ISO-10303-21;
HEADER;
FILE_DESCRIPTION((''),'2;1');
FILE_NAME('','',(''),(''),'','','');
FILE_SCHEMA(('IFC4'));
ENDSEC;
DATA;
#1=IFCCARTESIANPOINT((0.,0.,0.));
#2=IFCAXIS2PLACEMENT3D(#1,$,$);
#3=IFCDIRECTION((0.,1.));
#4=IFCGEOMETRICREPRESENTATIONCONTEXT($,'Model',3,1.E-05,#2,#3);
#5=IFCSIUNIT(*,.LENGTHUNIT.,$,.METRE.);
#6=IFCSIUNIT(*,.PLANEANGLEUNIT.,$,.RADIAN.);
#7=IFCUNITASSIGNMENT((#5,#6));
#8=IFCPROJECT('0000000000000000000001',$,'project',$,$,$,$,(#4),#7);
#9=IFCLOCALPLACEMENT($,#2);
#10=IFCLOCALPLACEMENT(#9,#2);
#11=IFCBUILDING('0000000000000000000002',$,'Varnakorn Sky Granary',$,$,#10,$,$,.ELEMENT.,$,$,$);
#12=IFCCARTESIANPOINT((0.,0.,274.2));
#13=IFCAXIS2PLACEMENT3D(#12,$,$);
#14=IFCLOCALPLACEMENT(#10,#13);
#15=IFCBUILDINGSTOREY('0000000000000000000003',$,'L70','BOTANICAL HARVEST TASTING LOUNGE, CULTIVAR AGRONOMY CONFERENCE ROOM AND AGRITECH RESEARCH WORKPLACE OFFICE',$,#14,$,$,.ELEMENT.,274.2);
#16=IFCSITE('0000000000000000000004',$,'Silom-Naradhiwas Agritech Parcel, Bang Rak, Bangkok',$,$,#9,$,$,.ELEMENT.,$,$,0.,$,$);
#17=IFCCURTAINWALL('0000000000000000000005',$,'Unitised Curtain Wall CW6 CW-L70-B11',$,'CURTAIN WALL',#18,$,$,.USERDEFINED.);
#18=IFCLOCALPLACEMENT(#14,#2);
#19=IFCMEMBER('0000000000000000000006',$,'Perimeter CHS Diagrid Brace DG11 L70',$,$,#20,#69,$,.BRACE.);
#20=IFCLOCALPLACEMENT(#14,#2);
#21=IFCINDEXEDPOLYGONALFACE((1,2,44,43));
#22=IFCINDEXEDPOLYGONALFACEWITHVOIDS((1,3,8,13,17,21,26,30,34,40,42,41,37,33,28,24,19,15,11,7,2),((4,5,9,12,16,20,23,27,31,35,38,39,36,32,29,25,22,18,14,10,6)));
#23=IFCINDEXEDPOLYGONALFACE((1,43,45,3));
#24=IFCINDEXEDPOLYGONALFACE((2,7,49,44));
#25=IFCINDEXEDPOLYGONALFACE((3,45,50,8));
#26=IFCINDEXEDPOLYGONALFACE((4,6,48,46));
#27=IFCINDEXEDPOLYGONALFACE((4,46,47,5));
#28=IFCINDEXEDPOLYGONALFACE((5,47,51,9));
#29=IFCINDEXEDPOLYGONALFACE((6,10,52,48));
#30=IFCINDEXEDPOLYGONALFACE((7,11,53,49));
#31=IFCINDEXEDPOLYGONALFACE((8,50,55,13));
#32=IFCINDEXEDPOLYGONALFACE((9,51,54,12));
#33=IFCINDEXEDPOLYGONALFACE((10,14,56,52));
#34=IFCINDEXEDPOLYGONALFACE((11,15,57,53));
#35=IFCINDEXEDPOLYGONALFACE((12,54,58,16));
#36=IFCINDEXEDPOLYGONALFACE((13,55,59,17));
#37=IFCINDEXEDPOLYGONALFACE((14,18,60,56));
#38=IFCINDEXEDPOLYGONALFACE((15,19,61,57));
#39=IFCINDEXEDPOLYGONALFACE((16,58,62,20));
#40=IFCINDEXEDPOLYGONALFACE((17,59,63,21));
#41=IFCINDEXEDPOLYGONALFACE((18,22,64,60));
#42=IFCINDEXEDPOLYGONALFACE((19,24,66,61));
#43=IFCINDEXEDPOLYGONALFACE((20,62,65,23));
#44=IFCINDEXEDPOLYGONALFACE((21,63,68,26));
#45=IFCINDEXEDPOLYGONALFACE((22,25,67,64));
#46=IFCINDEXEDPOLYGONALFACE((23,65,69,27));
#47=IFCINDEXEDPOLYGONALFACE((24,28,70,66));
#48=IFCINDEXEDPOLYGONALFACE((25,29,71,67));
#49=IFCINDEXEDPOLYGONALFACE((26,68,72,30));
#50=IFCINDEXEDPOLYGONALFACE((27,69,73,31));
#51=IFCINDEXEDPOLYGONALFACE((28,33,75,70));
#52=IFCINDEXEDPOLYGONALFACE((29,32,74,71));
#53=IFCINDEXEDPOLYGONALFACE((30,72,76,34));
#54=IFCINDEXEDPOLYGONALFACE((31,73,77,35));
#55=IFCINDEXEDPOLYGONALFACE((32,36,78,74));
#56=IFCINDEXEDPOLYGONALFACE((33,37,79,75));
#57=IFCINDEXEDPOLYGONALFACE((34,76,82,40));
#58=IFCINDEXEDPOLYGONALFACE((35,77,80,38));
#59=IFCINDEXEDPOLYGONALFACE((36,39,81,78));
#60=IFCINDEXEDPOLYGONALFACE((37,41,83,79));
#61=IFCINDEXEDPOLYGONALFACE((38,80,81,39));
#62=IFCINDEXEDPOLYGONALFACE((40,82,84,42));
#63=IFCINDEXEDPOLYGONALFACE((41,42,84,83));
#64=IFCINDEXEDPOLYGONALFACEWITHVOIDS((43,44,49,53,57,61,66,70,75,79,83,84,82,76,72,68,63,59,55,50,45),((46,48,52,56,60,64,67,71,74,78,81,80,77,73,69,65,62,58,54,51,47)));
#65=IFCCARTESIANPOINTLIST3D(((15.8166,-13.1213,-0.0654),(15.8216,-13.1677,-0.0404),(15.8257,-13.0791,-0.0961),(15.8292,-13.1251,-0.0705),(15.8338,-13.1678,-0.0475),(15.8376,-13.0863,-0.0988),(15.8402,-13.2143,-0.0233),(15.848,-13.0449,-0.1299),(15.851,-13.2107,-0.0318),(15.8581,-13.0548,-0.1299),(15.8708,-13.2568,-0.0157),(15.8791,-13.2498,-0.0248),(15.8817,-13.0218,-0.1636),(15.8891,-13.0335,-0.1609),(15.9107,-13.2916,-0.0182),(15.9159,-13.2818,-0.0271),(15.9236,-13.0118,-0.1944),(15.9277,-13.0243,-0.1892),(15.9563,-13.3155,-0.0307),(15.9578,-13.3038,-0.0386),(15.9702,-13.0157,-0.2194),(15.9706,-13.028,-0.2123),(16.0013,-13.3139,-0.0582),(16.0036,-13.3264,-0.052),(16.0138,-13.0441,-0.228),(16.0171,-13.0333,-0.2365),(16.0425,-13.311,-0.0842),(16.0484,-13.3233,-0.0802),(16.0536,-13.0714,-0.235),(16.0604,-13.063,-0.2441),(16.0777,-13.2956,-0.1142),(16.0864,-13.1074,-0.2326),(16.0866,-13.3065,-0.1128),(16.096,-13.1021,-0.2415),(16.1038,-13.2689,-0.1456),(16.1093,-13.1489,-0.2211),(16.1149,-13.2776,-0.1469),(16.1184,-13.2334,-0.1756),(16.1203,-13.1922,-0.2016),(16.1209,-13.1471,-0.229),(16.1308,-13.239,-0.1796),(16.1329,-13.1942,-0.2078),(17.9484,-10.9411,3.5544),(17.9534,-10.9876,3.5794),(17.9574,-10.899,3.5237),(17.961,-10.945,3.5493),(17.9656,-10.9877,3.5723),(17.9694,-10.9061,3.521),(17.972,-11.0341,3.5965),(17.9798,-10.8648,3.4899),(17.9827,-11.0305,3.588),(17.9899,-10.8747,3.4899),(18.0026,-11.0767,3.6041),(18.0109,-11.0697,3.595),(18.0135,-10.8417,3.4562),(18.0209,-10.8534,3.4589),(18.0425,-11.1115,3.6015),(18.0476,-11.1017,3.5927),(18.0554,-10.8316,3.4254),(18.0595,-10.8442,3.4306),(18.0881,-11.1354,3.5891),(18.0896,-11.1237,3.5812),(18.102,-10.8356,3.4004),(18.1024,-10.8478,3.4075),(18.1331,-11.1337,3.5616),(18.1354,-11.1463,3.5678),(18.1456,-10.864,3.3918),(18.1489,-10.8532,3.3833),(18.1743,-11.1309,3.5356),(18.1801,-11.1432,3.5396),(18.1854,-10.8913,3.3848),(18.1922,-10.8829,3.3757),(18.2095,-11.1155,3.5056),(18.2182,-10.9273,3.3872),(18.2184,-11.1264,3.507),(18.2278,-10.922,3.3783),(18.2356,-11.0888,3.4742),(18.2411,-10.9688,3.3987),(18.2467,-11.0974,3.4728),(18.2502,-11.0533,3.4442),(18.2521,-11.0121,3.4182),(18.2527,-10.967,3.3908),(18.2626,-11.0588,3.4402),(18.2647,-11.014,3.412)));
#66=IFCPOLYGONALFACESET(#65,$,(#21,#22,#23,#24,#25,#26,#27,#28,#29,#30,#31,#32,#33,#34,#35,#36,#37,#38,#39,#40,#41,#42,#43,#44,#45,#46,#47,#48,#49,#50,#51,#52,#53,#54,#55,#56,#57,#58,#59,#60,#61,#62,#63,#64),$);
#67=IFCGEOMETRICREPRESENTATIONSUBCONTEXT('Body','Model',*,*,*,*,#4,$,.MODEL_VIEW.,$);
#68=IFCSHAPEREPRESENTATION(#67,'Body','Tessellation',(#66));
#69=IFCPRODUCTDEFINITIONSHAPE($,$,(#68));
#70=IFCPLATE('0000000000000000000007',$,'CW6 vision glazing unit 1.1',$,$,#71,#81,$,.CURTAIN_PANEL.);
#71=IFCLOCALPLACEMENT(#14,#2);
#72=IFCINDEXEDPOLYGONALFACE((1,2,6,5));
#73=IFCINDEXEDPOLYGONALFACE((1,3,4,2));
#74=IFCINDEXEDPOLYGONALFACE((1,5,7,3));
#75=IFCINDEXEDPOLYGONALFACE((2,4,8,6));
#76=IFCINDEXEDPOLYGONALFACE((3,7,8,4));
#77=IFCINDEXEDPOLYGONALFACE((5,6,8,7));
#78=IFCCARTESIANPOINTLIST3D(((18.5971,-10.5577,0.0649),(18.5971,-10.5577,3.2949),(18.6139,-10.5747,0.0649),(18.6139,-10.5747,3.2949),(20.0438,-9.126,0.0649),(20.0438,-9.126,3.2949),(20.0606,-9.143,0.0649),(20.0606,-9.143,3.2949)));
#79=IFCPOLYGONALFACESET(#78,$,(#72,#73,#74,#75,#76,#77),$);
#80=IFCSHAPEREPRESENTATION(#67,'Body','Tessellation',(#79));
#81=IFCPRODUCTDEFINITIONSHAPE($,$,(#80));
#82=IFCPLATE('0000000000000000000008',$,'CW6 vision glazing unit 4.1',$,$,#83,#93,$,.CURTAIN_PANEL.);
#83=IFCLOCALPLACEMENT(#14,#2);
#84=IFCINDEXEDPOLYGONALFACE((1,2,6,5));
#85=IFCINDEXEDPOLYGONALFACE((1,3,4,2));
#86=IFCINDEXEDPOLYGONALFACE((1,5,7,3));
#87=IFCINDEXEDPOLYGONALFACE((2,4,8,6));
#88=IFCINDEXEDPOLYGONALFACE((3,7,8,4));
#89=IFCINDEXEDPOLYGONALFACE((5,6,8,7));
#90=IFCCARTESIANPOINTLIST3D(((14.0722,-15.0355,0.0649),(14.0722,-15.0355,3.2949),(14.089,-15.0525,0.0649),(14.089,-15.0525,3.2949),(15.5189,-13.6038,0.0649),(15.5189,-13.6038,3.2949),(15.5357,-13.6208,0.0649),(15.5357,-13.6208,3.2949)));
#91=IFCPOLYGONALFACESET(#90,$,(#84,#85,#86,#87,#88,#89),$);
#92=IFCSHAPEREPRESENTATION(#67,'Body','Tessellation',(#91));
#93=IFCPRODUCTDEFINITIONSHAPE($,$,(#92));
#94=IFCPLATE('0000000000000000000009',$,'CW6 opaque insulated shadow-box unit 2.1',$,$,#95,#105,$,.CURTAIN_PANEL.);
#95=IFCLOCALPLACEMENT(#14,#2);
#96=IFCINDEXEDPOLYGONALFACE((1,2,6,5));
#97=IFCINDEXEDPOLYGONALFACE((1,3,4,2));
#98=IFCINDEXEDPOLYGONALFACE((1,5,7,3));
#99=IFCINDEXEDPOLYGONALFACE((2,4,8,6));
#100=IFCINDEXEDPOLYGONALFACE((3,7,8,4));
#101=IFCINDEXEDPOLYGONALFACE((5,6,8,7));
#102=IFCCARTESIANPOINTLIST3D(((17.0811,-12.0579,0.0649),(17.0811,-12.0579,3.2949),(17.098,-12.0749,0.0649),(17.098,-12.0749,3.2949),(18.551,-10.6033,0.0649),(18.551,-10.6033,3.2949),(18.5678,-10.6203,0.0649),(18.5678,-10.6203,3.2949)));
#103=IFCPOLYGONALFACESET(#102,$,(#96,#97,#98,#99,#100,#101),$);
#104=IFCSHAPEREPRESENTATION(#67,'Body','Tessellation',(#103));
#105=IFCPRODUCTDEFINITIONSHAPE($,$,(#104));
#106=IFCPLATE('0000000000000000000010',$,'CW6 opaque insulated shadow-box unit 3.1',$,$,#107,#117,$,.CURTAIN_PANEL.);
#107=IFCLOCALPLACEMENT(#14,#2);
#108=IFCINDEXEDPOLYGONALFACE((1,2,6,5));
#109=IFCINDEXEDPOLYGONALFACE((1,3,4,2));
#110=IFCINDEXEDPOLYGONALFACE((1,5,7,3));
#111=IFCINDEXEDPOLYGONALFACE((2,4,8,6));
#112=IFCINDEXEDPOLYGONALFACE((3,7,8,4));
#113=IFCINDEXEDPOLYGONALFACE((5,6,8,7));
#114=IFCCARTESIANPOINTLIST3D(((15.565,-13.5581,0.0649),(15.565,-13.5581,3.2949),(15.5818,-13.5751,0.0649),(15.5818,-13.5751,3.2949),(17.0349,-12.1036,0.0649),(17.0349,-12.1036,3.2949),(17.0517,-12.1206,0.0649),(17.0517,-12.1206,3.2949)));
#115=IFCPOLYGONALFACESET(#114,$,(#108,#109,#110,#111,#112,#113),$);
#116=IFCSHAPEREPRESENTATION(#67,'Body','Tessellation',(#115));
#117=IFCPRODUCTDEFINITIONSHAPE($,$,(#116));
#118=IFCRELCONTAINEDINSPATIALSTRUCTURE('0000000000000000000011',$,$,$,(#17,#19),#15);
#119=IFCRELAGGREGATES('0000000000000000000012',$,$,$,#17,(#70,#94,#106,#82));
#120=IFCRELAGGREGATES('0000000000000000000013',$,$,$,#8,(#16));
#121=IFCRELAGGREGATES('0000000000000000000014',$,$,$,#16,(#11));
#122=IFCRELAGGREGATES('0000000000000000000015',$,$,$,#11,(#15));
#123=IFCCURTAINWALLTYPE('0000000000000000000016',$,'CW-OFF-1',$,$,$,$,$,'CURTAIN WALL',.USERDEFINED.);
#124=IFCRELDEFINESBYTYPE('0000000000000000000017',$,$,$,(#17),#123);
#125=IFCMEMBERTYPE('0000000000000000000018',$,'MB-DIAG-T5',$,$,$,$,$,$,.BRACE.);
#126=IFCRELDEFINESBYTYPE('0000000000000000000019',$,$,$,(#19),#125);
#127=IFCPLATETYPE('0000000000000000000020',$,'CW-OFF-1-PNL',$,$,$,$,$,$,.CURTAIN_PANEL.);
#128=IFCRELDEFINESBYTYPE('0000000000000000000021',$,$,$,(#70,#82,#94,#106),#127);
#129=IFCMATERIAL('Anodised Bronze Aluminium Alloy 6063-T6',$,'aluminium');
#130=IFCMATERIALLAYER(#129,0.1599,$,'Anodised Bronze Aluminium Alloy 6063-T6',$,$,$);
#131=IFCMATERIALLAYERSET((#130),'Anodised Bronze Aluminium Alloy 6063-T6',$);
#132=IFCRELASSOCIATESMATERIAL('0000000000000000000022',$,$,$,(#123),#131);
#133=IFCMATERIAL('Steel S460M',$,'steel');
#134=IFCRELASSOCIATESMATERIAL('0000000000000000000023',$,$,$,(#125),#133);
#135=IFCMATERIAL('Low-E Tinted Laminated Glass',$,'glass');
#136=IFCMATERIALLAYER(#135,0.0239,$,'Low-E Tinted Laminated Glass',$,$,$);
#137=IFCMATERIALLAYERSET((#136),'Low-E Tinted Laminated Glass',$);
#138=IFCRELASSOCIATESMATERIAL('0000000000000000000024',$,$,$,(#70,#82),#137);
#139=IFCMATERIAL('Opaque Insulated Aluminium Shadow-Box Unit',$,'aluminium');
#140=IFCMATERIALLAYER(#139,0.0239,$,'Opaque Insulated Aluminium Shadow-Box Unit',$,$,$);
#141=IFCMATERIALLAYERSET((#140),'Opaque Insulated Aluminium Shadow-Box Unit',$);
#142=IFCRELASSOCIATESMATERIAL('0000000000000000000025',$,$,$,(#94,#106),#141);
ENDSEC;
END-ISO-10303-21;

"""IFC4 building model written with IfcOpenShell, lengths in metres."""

from ifc_helpers import new_model, si_unit, direction, frame, origin, origin_2d, place, context, subcontext, project, spatial, rectangle, hollow_circle, extrude, source, transform, mapped, material, layer, layer_set, material_profile, profile_set, type_object, type_shapes, element, aggregate, save


model = new_model("IFC4")

# Units and contexts
model_context = context("Model", 3, precision=1e-05, world=origin(), true_north=direction((0.0, 1.0)))
body_context = subcontext(model_context, "Body", "Model", "MODEL_VIEW")
ifc_project = project(units=[si_unit("LENGTHUNIT", "METRE"), si_unit("PLANEANGLEUNIT", "RADIAN")], contexts=[model_context])

# Site, building, storey
site_placement = place(None, origin())
site = spatial("IfcSite", under=ifc_project, at=site_placement, Name="Silom-Naradhiwas Agritech Parcel, Bang Rak, Bangkok", CompositionType="ELEMENT", RefElevation=0.0)
building_placement = place(site_placement, origin())
building = spatial("IfcBuilding", under=site, at=building_placement, Name="Varnakorn Sky Granary", CompositionType="ELEMENT")
storey_placement = place(building_placement, frame((0.0, 0.0, 274.2)))
storey = spatial("IfcBuildingStorey", under=building, at=storey_placement, Name="L70", Description="BOTANICAL HARVEST TASTING LOUNGE, CULTIVAR AGRONOMY CONFERENCE ROOM AND AGRITECH RESEARCH WORKPLACE OFFICE", CompositionType="ELEMENT", Elevation=274.2)

# Shared definitions
ifc_material_1 = material(Name="Steel S460M", Category="steel")

# Shared definitions
ifc_material_2 = material(Name="Anodised Bronze Aluminium Alloy 6063-T6", Category="aluminium")
ifc_layer_1 = layer(ifc_material_2, 0.1599, Name="Anodised Bronze Aluminium Alloy 6063-T6")
ifc_layer_set_1 = layer_set([ifc_layer_1], Name="Anodised Bronze Aluminium Alloy 6063-T6")
curtain_wall_type = type_object("IfcCurtainWallType", Name="CW-OFF-1", ElementType="CURTAIN WALL", PredefinedType="USERDEFINED", material=ifc_layer_set_1)

# Curtain wall
curtain_wall_1_placement = place(storey_placement, origin())
curtain_wall_1 = element("IfcCurtainWall", 1, at=curtain_wall_1_placement, inside=storey, type_object=curtain_wall_type, Name="Unitised Curtain Wall CW6 CW-L70-B11", ObjectType="CURTAIN WALL", PredefinedType="USERDEFINED")

# Member
ifc_material_profile_1 = material_profile(ifc_material_1, hollow_circle(Radius=0.1777, WallThickness=0.0142, at=origin_2d()), Name="CHS 355.6x14")
ifc_profile_set_1 = profile_set([ifc_material_profile_1], Name="Steel S460M")
member_type_1 = type_object("IfcMemberType", Name="MB-DIAG-T5", PredefinedType="BRACE", material=ifc_profile_set_1)
member_1_placement = place(storey_placement, frame((15.9751, -13.1692, -0.1299), z_axis=(0.450419, 0.460632, 0.764814), x_axis=(-0.714989, 0.699136, 0.0)))
element("IfcMember", 2, at=member_1_placement, inside=storey, type_object=member_type_1, Name="Perimeter CHS Diagrid Brace DG11 L70", PredefinedType="BRACE", context=body_context, shape_type="SweptSolid", body=[
    extrude(hollow_circle(Radius=0.1777, WallThickness=0.0142, at=origin_2d()), origin(), (0.0, 0.0, 1.0), 4.7329),
])

# Plates
ifc_material_3 = material(Name="Low-E Tinted Laminated Glass", Category="glass")
ifc_layer_2 = layer(ifc_material_3, 0.0239, Name="Low-E Tinted Laminated Glass")
ifc_layer_set_2 = layer_set([ifc_layer_2], Name="Low-E Tinted Laminated Glass")
plate_type = type_object("IfcPlateType", Name="CW-OFF-1-PNL", PredefinedType="CURTAIN_PANEL")
shared_shape_1 = source(origin(), body_context, "Body", "SweptSolid", [
    extrude(rectangle(XDim=2.0354, YDim=0.0239, at=origin_2d()), origin(), (0.0, 0.0, 1.0), 3.23),
])
plate_1_placement = place(storey_placement, frame((19.3289, -9.8503, 0.0649), z_axis=(0.0, 0.0, 1.0), x_axis=(-0.710795, -0.703399, 0.0)))
plate_1 = element("IfcPlate", 3, at=plate_1_placement, type_object=plate_type, material=ifc_layer_set_2, Name="CW6 vision glazing unit 1.1", PredefinedType="CURTAIN_PANEL", context=body_context, shape_type="MappedRepresentation", body=[
    mapped(shared_shape_1, transform((0.0, 0.0, 0.0), x_axis=(1.0, 0.0, 0.0), y_axis=(0.0, 1.0, 0.0), z_axis=(0.0, 0.0, 1.0), scale=1.0)),
])
plate_2_placement = place(storey_placement, frame((14.804, -14.3281, 0.0649), z_axis=(0.0, 0.0, 1.0), x_axis=(-0.710795, -0.703399, 0.0)))
plate_2 = element("IfcPlate", 4, at=plate_2_placement, type_object=plate_type, material=ifc_layer_set_2, Name="CW6 vision glazing unit 4.1", PredefinedType="CURTAIN_PANEL", context=body_context, shape_type="MappedRepresentation", body=[
    mapped(shared_shape_1, transform((0.0, 0.0, 0.0), x_axis=(1.0, 0.0, 0.0), y_axis=(0.0, 1.0, 0.0), z_axis=(0.0, 0.0, 1.0), scale=1.0)),
])
ifc_material_4 = material(Name="Opaque Insulated Aluminium Shadow-Box Unit", Category="aluminium")
ifc_layer_3 = layer(ifc_material_4, 0.0239, Name="Opaque Insulated Aluminium Shadow-Box Unit")
ifc_layer_set_3 = layer_set([ifc_layer_3], Name="Opaque Insulated Aluminium Shadow-Box Unit")
shared_shape_2 = source(origin(), body_context, "Body", "SweptSolid", [
    extrude(rectangle(XDim=2.0679, YDim=0.0239, at=origin_2d()), origin(), (0.0, 0.0, 1.0), 3.23),
])
type_shapes(plate_type, [shared_shape_1, shared_shape_2])
plate_3_placement = place(storey_placement, frame((17.8245, -11.3391, 0.0649), z_axis=(0.0, 0.0, 1.0), x_axis=(-0.710795, -0.703399, 0.0)))
plate_3 = element("IfcPlate", 5, at=plate_3_placement, type_object=plate_type, material=ifc_layer_set_3, Name="CW6 opaque insulated shadow-box unit 2.1", PredefinedType="CURTAIN_PANEL", context=body_context, shape_type="MappedRepresentation", body=[
    mapped(shared_shape_2, transform((0.0, 0.0, 0.0), x_axis=(1.0, 0.0, 0.0), y_axis=(0.0, 1.0, 0.0), z_axis=(0.0, 0.0, 1.0), scale=1.0)),
])
plate_4_placement = place(storey_placement, frame((16.3083, -12.8394, 0.0649), z_axis=(0.0, 0.0, 1.0), x_axis=(-0.710795, -0.703399, 0.0)))
plate_4 = element("IfcPlate", 6, at=plate_4_placement, type_object=plate_type, material=ifc_layer_set_3, Name="CW6 opaque insulated shadow-box unit 3.1", PredefinedType="CURTAIN_PANEL", context=body_context, shape_type="MappedRepresentation", body=[
    mapped(shared_shape_2, transform((0.0, 0.0, 0.0), x_axis=(1.0, 0.0, 0.0), y_axis=(0.0, 1.0, 0.0), z_axis=(0.0, 0.0, 1.0), scale=1.0)),
])
aggregate(curtain_wall_1, [plate_1, plate_3, plate_4, plate_2])

save(model, "model.ifc")
